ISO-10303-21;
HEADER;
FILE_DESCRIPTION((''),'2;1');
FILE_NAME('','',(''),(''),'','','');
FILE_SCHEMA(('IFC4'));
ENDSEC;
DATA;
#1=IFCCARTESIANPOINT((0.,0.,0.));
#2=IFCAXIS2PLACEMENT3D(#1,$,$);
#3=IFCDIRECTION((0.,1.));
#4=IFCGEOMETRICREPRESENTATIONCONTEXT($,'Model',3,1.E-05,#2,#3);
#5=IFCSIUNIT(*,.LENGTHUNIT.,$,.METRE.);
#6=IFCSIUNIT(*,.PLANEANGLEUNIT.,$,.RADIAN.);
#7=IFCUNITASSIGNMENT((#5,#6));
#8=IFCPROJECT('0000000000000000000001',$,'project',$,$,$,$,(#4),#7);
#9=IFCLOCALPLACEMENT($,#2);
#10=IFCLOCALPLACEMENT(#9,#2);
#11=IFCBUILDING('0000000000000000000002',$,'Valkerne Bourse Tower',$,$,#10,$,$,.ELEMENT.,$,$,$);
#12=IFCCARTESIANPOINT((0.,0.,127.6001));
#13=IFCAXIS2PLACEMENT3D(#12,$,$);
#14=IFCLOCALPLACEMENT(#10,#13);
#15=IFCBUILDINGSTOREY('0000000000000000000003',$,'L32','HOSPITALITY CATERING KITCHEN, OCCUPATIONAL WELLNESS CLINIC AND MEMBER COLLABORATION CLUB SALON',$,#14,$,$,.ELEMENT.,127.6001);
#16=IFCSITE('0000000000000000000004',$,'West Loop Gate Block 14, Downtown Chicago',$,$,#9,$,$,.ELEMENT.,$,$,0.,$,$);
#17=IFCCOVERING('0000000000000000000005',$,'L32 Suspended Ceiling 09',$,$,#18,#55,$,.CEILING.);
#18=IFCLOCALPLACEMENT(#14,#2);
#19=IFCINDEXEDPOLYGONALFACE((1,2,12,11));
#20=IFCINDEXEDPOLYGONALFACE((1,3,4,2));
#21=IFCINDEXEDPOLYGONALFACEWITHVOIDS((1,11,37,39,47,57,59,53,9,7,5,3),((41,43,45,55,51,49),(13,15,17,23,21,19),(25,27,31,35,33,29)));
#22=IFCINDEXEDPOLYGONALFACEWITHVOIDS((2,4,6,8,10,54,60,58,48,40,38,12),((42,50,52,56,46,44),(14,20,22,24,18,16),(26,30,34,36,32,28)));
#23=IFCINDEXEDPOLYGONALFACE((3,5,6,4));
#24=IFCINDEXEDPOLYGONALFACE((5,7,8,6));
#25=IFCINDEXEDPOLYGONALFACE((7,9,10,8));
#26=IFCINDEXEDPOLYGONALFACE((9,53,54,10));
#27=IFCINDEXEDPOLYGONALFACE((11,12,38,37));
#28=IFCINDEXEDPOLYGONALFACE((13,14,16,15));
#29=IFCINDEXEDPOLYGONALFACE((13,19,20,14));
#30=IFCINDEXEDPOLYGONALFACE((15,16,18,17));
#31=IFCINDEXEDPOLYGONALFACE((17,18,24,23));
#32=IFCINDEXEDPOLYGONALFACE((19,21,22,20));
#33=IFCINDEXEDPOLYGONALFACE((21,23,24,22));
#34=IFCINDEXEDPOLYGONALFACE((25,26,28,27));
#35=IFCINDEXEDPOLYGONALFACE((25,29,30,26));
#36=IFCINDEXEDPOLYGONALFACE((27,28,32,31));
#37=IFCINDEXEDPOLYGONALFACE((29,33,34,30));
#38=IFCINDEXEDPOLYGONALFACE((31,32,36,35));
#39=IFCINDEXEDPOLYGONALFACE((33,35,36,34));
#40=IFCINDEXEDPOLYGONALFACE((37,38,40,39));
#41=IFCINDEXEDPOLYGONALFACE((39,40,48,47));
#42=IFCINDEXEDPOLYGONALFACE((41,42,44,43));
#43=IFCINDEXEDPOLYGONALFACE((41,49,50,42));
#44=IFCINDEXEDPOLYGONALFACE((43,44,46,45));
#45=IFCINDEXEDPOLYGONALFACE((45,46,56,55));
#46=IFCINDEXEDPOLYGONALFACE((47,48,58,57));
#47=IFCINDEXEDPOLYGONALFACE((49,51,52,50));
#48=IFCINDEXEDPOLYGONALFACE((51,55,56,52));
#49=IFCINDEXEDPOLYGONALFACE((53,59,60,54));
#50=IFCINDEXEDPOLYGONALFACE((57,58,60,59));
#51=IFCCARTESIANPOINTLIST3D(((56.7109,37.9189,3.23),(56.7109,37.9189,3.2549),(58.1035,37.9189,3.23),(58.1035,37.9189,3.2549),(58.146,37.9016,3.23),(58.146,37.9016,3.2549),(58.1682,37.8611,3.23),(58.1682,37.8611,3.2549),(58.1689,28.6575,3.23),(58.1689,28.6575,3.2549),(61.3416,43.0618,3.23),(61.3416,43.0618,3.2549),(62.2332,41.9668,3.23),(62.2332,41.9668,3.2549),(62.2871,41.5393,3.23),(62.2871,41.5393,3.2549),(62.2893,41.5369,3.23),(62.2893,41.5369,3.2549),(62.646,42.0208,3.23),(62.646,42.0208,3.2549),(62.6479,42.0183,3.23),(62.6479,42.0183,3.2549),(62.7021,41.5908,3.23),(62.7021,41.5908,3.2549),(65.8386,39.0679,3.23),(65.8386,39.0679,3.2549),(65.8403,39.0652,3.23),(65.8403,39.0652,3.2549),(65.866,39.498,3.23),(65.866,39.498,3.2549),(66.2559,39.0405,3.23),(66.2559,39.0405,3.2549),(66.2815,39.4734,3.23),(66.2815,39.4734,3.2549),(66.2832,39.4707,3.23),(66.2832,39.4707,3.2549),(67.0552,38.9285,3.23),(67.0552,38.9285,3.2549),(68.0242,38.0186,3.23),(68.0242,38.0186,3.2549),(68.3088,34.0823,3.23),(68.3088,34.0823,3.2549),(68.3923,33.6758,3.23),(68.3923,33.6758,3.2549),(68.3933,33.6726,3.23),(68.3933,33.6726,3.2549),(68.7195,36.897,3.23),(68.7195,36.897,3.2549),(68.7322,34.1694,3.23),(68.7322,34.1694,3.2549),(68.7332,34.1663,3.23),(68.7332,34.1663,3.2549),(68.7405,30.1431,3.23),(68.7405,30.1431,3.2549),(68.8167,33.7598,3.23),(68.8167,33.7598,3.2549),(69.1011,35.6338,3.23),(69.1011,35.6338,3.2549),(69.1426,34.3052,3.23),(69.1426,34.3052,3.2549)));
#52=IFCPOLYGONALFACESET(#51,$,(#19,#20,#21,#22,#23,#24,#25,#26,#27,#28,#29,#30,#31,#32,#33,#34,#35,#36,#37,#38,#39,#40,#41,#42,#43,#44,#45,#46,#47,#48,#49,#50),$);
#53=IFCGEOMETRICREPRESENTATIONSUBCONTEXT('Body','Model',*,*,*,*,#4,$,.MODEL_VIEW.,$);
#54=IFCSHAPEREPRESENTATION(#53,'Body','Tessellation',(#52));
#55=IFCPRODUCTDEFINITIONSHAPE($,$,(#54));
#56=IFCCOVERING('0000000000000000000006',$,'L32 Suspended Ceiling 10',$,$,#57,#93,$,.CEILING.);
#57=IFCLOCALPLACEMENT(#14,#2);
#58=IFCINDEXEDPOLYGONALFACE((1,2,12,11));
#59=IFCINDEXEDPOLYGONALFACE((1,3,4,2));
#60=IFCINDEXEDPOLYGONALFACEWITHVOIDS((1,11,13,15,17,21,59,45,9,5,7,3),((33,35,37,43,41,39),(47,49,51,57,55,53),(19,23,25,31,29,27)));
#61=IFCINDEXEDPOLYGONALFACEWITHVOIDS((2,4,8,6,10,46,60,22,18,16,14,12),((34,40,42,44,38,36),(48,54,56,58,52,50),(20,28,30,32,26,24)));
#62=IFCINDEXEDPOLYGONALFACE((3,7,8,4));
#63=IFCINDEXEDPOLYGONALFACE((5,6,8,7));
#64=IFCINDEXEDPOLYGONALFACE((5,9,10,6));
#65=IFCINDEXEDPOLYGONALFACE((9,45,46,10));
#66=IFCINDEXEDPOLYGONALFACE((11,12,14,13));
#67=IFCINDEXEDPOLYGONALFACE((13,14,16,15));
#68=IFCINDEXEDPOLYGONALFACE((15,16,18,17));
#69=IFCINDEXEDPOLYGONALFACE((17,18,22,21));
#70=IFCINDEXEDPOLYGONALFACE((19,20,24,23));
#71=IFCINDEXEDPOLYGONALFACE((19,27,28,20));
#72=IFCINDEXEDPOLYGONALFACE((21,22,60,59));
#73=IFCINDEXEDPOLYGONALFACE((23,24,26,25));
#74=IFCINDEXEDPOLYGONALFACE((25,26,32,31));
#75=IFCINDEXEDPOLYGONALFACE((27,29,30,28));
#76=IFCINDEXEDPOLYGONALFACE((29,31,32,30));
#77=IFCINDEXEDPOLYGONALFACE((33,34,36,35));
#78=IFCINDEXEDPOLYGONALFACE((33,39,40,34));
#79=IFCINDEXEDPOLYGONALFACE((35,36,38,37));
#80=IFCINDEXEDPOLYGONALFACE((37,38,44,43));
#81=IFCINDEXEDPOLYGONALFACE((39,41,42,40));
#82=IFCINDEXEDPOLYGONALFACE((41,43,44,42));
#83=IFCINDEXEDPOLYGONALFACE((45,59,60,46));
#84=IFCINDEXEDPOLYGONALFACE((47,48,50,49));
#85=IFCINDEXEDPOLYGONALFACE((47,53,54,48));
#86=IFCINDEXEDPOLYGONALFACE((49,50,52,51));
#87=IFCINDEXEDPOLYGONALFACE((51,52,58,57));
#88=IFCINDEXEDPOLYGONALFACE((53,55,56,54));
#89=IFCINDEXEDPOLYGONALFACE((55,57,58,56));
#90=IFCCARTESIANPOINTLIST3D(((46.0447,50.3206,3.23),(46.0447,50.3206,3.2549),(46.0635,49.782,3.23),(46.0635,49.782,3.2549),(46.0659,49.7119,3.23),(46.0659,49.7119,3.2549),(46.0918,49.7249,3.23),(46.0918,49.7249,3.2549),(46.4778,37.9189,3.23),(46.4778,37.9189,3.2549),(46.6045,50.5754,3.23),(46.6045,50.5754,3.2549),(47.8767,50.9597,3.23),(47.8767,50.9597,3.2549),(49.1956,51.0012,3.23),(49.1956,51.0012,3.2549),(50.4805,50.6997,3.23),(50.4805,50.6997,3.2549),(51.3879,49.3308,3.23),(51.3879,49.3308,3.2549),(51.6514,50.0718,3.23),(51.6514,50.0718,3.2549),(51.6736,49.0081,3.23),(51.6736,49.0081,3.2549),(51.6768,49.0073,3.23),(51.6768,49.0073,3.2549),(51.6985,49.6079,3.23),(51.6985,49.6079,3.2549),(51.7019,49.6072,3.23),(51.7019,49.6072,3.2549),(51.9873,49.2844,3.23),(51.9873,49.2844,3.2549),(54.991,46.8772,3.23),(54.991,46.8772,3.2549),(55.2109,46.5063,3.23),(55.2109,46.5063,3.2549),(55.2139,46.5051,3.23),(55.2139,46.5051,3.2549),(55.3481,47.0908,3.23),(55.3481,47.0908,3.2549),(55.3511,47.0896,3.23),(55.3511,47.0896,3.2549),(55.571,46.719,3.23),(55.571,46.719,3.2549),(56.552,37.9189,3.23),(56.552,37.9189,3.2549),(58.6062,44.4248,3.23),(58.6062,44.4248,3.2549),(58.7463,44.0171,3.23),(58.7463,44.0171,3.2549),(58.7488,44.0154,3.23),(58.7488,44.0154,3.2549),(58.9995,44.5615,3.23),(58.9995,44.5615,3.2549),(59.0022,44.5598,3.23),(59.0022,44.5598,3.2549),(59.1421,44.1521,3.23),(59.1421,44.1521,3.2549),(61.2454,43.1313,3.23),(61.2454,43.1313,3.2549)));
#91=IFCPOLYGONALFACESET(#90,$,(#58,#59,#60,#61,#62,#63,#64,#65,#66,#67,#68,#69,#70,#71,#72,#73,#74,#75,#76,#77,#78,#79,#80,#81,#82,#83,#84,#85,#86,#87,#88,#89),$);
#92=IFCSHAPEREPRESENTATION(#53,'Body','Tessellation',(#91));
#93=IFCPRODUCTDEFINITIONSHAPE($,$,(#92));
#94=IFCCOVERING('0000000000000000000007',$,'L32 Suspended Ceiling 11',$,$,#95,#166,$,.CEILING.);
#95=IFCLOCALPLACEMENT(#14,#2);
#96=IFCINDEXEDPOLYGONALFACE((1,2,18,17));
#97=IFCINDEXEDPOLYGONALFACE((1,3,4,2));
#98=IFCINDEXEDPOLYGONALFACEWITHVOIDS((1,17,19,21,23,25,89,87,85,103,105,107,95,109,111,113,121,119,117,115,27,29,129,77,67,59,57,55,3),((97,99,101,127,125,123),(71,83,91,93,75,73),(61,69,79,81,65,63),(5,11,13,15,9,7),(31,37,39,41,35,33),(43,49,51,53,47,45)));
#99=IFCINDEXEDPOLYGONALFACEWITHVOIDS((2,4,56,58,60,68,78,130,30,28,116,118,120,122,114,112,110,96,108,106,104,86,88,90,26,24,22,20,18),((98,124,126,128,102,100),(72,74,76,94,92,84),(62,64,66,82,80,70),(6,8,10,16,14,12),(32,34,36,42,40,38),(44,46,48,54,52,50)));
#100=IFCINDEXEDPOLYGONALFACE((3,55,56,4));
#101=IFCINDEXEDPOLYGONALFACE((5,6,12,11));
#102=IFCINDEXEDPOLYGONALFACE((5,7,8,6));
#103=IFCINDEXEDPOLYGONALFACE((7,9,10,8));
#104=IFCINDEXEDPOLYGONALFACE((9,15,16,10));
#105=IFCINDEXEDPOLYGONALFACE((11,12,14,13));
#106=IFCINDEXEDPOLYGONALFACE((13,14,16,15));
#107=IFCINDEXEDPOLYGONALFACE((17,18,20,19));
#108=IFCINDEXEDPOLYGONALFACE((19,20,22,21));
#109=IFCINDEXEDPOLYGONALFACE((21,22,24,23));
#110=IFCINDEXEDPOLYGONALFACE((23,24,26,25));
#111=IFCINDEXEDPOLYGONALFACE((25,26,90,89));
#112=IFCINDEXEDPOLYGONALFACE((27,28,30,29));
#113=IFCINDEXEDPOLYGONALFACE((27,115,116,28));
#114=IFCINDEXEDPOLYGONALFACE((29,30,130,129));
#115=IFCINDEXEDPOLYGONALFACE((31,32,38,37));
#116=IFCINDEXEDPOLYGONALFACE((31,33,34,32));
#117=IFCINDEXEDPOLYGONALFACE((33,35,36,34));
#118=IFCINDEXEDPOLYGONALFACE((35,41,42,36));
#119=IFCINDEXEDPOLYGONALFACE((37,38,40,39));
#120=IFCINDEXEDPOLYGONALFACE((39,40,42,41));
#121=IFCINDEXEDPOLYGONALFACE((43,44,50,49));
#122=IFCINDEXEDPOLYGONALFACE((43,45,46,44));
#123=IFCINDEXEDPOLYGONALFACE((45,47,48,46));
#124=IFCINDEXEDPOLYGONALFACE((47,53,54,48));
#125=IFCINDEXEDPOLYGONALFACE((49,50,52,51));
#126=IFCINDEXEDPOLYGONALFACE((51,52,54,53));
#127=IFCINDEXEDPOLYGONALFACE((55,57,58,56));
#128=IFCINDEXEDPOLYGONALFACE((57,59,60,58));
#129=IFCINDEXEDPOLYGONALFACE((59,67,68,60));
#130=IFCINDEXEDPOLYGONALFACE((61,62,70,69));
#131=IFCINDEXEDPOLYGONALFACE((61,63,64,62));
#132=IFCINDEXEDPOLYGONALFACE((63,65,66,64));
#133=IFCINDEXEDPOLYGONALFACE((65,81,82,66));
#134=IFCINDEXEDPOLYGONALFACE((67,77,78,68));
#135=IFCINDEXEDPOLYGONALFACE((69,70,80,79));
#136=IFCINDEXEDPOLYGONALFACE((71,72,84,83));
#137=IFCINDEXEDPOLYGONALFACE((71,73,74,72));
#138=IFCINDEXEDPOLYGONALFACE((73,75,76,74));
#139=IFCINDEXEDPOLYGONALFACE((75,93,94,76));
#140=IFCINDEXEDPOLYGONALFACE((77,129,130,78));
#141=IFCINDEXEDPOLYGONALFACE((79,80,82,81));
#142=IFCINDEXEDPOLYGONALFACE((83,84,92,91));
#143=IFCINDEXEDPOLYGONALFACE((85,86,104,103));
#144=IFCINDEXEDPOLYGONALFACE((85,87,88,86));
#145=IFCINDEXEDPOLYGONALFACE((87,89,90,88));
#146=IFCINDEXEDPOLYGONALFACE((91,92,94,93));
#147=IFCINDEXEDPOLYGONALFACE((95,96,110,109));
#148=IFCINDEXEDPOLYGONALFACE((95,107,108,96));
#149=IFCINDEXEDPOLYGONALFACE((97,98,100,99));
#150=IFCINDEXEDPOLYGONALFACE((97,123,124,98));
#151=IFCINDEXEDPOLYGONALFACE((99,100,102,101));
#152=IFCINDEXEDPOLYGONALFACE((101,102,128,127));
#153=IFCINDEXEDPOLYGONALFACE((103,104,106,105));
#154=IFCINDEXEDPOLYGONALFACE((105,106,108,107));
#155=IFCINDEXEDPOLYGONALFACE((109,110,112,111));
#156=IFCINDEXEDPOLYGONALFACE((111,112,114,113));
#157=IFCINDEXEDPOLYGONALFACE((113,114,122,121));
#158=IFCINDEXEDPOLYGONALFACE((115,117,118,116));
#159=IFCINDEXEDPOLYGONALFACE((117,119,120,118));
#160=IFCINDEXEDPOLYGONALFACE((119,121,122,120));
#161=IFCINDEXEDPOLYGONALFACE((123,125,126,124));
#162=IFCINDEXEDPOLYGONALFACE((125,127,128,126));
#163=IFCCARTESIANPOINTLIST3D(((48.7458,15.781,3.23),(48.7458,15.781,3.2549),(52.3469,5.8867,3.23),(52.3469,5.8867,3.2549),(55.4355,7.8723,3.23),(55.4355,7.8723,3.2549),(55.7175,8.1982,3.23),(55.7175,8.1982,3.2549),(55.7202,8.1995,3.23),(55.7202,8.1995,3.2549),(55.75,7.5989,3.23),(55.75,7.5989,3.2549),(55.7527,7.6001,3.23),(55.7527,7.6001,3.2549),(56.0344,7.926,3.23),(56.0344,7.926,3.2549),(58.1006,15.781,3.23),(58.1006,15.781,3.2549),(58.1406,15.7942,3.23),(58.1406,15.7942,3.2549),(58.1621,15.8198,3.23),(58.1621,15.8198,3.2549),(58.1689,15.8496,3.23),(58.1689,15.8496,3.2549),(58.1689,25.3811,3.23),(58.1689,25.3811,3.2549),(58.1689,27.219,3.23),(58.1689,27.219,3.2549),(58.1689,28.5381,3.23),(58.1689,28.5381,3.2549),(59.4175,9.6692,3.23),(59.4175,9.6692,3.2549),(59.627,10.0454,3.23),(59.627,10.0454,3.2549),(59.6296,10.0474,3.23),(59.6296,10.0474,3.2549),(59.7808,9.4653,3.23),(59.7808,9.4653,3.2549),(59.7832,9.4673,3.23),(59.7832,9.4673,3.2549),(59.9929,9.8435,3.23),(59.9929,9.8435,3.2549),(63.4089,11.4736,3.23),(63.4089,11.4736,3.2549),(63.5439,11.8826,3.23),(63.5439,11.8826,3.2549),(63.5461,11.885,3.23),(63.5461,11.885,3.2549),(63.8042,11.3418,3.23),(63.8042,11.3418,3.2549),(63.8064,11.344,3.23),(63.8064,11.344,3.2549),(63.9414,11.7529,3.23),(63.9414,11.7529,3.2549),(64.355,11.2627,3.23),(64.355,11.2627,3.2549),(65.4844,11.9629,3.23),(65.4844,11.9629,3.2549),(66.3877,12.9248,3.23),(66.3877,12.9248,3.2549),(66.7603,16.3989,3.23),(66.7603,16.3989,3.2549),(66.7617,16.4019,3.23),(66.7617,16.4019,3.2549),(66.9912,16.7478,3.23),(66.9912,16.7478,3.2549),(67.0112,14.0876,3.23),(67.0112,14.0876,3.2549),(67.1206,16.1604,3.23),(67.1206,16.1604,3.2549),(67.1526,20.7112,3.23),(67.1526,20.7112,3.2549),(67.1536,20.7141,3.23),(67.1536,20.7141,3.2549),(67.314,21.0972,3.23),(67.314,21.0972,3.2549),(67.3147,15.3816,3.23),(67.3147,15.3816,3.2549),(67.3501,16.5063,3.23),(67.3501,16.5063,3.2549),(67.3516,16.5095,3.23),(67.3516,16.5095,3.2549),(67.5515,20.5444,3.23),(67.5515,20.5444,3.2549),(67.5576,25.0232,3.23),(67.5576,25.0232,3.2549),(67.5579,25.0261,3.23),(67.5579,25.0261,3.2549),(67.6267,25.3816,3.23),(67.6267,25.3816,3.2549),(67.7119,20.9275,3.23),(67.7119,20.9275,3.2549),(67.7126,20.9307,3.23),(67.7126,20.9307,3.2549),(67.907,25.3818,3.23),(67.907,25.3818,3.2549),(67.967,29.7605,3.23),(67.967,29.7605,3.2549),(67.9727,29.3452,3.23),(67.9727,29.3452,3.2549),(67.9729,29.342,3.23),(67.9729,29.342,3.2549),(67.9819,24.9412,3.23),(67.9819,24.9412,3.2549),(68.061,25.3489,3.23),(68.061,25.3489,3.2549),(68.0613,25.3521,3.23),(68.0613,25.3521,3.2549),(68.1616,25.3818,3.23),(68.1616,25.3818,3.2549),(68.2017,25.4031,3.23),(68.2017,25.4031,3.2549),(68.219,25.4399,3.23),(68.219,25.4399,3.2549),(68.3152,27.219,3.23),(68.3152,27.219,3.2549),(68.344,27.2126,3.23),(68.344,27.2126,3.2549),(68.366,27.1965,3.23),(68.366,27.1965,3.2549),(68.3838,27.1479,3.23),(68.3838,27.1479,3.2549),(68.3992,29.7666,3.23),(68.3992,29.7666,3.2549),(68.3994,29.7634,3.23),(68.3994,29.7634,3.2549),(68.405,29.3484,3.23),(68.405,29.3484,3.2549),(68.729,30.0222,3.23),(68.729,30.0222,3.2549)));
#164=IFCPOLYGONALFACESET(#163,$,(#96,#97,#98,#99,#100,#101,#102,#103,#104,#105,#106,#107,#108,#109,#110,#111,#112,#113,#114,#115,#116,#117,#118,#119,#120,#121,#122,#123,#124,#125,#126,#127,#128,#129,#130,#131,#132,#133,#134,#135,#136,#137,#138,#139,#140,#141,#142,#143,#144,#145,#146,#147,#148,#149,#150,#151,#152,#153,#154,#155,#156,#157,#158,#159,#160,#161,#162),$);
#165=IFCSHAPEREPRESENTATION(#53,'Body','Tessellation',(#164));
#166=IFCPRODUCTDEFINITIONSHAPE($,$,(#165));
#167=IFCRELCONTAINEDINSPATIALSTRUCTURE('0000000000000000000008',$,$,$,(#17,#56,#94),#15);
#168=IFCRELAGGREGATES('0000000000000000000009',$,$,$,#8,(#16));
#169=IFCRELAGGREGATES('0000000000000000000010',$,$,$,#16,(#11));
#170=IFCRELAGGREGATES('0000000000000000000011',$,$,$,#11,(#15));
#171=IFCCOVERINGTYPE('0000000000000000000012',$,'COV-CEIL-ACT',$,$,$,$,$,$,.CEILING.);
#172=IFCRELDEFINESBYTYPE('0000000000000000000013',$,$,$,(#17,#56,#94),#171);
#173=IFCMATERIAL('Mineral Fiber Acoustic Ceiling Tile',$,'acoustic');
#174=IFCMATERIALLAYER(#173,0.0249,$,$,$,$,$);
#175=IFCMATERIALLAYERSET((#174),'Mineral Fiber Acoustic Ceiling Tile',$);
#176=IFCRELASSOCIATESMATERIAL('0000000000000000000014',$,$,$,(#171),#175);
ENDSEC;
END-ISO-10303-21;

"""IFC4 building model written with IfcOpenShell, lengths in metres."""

from ifc_helpers import new_model, si_unit, direction, frame, origin, place, context, subcontext, project, spatial, polyline, outline, extrude, material, layer, layer_set, type_object, element, save


model = new_model("IFC4")

# Units and contexts
model_context = context("Model", 3, precision=1e-05, world=origin(), true_north=direction((0.0, 1.0)))
body_context = subcontext(model_context, "Body", "Model", "MODEL_VIEW")
ifc_project = project(units=[si_unit("LENGTHUNIT", "METRE"), si_unit("PLANEANGLEUNIT", "RADIAN")], contexts=[model_context])

# Site, building, storey
site_placement = place(None, origin())
site = spatial("IfcSite", under=ifc_project, at=site_placement, Name="West Loop Gate Block 14, Downtown Chicago", CompositionType="ELEMENT", RefElevation=0.0)
building_placement = place(site_placement, origin())
building = spatial("IfcBuilding", under=site, at=building_placement, Name="Valkerne Bourse Tower", CompositionType="ELEMENT")
storey_placement = place(building_placement, frame((0.0, 0.0, 127.6001)))
storey = spatial("IfcBuildingStorey", under=building, at=storey_placement, Name="L32", Description="HOSPITALITY CATERING KITCHEN, OCCUPATIONAL WELLNESS CLINIC AND MEMBER COLLABORATION CLUB SALON", CompositionType="ELEMENT", Elevation=127.6001)

# Coverings
ifc_material_1 = material(Name="Mineral Fiber Acoustic Ceiling Tile", Category="acoustic")
ifc_layer_1 = layer(ifc_material_1, 0.0249)
ifc_layer_set_1 = layer_set([ifc_layer_1], Name="Mineral Fiber Acoustic Ceiling Tile")
covering_type_1 = type_object("IfcCoveringType", Name="COV-CEIL-ACT", PredefinedType="CEILING", material=ifc_layer_set_1)
covering_1_placement = place(storey_placement, frame((0.0, 0.0, 3.23)))
element("IfcCovering", 1, at=covering_1_placement, inside=storey, type_object=covering_type_1, Name="L32 Suspended Ceiling 09", PredefinedType="CEILING", context=body_context, shape_type="SweptSolid", body=[
    extrude(outline(polyline([(68.7195, 36.897), (69.1011, 35.6338), (69.1426, 34.3052), (68.7405, 30.1431), (58.1689, 28.6575), (58.1682, 37.8611), (58.146, 37.9016), (58.1035, 37.9189), (56.7109, 37.9189), (61.3416, 43.0618), (67.0552, 38.9285), (68.0242, 38.0186), (68.7195, 36.897)]), holes=[polyline([(68.7332, 34.1663), (68.7322, 34.1694), (68.3088, 34.0823), (68.3923, 33.6758), (68.3933, 33.6726), (68.8167, 33.7598), (68.7332, 34.1663)]), polyline([(66.2832, 39.4707), (66.2815, 39.4734), (65.866, 39.498), (65.8386, 39.0679), (65.8403, 39.0652), (66.2559, 39.0405), (66.2832, 39.4707)]), polyline([(62.7021, 41.5908), (62.6479, 42.0183), (62.646, 42.0208), (62.2332, 41.9668), (62.2871, 41.5393), (62.2893, 41.5369), (62.7021, 41.5908)])]), origin(), (0.0, 0.0, 1.0), 0.0249),
])
covering_2_placement = place(storey_placement, frame((0.0, 0.0, 3.23)))
element("IfcCovering", 2, at=covering_2_placement, inside=storey, type_object=covering_type_1, Name="L32 Suspended Ceiling 10", PredefinedType="CEILING", context=body_context, shape_type="SweptSolid", body=[
    extrude(outline(polyline([(51.6514, 50.0718), (61.2454, 43.1313), (56.552, 37.9189), (46.4778, 37.9189), (46.0659, 49.7119), (46.0918, 49.7249), (46.0635, 49.782), (46.0447, 50.3206), (46.6045, 50.5754), (47.8767, 50.9597), (49.1956, 51.0012), (50.4805, 50.6997), (51.6514, 50.0718)]), holes=[polyline([(51.7019, 49.6072), (51.6985, 49.6079), (51.3879, 49.3308), (51.6736, 49.0081), (51.6768, 49.0073), (51.9873, 49.2844), (51.7019, 49.6072)]), polyline([(59.0022, 44.5598), (58.9995, 44.5615), (58.6062, 44.4248), (58.7463, 44.0171), (58.7488, 44.0154), (59.1421, 44.1521), (59.0022, 44.5598)]), polyline([(55.571, 46.719), (55.3511, 47.0896), (55.3481, 47.0908), (54.991, 46.8772), (55.2109, 46.5063), (55.2139, 46.5051), (55.571, 46.719)])]), origin(), (0.0, 0.0, 1.0), 0.0249),
])
covering_3_placement = place(storey_placement, frame((0.0, 0.0, 3.23)))
element("IfcCovering", 3, at=covering_3_placement, inside=storey, type_object=covering_type_1, Name="L32 Suspended Ceiling 11", PredefinedType="CEILING", context=body_context, shape_type="SweptSolid", body=[
    extrude(outline(polyline([(66.3877, 12.9248), (65.4844, 11.9629), (64.355, 11.2627), (52.3469, 5.8867), (48.7458, 15.781), (58.1006, 15.781), (58.1406, 15.7942), (58.1621, 15.8198), (58.1689, 15.8496), (58.1689, 25.3811), (67.6267, 25.3816), (67.5579, 25.0261), (67.5576, 25.0232), (67.9819, 24.9412), (68.061, 25.3489), (68.0613, 25.3521), (67.907, 25.3818), (68.1616, 25.3818), (68.2017, 25.4031), (68.219, 25.4399), (68.3838, 27.1479), (68.366, 27.1965), (68.344, 27.2126), (68.3152, 27.219), (58.1689, 27.219), (58.1689, 28.5381), (68.729, 30.0222), (67.3147, 15.3816), (67.0112, 14.0876), (66.3877, 12.9248)]), holes=[polyline([(55.7527, 7.6001), (56.0344, 7.926), (55.7202, 8.1995), (55.7175, 8.1982), (55.4355, 7.8723), (55.75, 7.5989), (55.7527, 7.6001)]), polyline([(59.7832, 9.4673), (59.9929, 9.8435), (59.6296, 10.0474), (59.627, 10.0454), (59.4175, 9.6692), (59.7808, 9.4653), (59.7832, 9.4673)]), polyline([(63.9414, 11.7529), (63.5461, 11.885), (63.5439, 11.8826), (63.4089, 11.4736), (63.8042, 11.3418), (63.8064, 11.344), (63.9414, 11.7529)]), polyline([(67.3516, 16.5095), (66.9912, 16.7478), (66.7617, 16.4019), (66.7603, 16.3989), (67.1206, 16.1604), (67.3501, 16.5063), (67.3516, 16.5095)]), polyline([(67.7126, 20.9307), (67.314, 21.0972), (67.1536, 20.7141), (67.1526, 20.7112), (67.5515, 20.5444), (67.7119, 20.9275), (67.7126, 20.9307)]), polyline([(68.405, 29.3484), (68.3994, 29.7634), (68.3992, 29.7666), (67.967, 29.7605), (67.9727, 29.3452), (67.9729, 29.342), (68.405, 29.3484)])]), origin(), (0.0, 0.0, 1.0), 0.0249),
])

save(model, "model.ifc")
